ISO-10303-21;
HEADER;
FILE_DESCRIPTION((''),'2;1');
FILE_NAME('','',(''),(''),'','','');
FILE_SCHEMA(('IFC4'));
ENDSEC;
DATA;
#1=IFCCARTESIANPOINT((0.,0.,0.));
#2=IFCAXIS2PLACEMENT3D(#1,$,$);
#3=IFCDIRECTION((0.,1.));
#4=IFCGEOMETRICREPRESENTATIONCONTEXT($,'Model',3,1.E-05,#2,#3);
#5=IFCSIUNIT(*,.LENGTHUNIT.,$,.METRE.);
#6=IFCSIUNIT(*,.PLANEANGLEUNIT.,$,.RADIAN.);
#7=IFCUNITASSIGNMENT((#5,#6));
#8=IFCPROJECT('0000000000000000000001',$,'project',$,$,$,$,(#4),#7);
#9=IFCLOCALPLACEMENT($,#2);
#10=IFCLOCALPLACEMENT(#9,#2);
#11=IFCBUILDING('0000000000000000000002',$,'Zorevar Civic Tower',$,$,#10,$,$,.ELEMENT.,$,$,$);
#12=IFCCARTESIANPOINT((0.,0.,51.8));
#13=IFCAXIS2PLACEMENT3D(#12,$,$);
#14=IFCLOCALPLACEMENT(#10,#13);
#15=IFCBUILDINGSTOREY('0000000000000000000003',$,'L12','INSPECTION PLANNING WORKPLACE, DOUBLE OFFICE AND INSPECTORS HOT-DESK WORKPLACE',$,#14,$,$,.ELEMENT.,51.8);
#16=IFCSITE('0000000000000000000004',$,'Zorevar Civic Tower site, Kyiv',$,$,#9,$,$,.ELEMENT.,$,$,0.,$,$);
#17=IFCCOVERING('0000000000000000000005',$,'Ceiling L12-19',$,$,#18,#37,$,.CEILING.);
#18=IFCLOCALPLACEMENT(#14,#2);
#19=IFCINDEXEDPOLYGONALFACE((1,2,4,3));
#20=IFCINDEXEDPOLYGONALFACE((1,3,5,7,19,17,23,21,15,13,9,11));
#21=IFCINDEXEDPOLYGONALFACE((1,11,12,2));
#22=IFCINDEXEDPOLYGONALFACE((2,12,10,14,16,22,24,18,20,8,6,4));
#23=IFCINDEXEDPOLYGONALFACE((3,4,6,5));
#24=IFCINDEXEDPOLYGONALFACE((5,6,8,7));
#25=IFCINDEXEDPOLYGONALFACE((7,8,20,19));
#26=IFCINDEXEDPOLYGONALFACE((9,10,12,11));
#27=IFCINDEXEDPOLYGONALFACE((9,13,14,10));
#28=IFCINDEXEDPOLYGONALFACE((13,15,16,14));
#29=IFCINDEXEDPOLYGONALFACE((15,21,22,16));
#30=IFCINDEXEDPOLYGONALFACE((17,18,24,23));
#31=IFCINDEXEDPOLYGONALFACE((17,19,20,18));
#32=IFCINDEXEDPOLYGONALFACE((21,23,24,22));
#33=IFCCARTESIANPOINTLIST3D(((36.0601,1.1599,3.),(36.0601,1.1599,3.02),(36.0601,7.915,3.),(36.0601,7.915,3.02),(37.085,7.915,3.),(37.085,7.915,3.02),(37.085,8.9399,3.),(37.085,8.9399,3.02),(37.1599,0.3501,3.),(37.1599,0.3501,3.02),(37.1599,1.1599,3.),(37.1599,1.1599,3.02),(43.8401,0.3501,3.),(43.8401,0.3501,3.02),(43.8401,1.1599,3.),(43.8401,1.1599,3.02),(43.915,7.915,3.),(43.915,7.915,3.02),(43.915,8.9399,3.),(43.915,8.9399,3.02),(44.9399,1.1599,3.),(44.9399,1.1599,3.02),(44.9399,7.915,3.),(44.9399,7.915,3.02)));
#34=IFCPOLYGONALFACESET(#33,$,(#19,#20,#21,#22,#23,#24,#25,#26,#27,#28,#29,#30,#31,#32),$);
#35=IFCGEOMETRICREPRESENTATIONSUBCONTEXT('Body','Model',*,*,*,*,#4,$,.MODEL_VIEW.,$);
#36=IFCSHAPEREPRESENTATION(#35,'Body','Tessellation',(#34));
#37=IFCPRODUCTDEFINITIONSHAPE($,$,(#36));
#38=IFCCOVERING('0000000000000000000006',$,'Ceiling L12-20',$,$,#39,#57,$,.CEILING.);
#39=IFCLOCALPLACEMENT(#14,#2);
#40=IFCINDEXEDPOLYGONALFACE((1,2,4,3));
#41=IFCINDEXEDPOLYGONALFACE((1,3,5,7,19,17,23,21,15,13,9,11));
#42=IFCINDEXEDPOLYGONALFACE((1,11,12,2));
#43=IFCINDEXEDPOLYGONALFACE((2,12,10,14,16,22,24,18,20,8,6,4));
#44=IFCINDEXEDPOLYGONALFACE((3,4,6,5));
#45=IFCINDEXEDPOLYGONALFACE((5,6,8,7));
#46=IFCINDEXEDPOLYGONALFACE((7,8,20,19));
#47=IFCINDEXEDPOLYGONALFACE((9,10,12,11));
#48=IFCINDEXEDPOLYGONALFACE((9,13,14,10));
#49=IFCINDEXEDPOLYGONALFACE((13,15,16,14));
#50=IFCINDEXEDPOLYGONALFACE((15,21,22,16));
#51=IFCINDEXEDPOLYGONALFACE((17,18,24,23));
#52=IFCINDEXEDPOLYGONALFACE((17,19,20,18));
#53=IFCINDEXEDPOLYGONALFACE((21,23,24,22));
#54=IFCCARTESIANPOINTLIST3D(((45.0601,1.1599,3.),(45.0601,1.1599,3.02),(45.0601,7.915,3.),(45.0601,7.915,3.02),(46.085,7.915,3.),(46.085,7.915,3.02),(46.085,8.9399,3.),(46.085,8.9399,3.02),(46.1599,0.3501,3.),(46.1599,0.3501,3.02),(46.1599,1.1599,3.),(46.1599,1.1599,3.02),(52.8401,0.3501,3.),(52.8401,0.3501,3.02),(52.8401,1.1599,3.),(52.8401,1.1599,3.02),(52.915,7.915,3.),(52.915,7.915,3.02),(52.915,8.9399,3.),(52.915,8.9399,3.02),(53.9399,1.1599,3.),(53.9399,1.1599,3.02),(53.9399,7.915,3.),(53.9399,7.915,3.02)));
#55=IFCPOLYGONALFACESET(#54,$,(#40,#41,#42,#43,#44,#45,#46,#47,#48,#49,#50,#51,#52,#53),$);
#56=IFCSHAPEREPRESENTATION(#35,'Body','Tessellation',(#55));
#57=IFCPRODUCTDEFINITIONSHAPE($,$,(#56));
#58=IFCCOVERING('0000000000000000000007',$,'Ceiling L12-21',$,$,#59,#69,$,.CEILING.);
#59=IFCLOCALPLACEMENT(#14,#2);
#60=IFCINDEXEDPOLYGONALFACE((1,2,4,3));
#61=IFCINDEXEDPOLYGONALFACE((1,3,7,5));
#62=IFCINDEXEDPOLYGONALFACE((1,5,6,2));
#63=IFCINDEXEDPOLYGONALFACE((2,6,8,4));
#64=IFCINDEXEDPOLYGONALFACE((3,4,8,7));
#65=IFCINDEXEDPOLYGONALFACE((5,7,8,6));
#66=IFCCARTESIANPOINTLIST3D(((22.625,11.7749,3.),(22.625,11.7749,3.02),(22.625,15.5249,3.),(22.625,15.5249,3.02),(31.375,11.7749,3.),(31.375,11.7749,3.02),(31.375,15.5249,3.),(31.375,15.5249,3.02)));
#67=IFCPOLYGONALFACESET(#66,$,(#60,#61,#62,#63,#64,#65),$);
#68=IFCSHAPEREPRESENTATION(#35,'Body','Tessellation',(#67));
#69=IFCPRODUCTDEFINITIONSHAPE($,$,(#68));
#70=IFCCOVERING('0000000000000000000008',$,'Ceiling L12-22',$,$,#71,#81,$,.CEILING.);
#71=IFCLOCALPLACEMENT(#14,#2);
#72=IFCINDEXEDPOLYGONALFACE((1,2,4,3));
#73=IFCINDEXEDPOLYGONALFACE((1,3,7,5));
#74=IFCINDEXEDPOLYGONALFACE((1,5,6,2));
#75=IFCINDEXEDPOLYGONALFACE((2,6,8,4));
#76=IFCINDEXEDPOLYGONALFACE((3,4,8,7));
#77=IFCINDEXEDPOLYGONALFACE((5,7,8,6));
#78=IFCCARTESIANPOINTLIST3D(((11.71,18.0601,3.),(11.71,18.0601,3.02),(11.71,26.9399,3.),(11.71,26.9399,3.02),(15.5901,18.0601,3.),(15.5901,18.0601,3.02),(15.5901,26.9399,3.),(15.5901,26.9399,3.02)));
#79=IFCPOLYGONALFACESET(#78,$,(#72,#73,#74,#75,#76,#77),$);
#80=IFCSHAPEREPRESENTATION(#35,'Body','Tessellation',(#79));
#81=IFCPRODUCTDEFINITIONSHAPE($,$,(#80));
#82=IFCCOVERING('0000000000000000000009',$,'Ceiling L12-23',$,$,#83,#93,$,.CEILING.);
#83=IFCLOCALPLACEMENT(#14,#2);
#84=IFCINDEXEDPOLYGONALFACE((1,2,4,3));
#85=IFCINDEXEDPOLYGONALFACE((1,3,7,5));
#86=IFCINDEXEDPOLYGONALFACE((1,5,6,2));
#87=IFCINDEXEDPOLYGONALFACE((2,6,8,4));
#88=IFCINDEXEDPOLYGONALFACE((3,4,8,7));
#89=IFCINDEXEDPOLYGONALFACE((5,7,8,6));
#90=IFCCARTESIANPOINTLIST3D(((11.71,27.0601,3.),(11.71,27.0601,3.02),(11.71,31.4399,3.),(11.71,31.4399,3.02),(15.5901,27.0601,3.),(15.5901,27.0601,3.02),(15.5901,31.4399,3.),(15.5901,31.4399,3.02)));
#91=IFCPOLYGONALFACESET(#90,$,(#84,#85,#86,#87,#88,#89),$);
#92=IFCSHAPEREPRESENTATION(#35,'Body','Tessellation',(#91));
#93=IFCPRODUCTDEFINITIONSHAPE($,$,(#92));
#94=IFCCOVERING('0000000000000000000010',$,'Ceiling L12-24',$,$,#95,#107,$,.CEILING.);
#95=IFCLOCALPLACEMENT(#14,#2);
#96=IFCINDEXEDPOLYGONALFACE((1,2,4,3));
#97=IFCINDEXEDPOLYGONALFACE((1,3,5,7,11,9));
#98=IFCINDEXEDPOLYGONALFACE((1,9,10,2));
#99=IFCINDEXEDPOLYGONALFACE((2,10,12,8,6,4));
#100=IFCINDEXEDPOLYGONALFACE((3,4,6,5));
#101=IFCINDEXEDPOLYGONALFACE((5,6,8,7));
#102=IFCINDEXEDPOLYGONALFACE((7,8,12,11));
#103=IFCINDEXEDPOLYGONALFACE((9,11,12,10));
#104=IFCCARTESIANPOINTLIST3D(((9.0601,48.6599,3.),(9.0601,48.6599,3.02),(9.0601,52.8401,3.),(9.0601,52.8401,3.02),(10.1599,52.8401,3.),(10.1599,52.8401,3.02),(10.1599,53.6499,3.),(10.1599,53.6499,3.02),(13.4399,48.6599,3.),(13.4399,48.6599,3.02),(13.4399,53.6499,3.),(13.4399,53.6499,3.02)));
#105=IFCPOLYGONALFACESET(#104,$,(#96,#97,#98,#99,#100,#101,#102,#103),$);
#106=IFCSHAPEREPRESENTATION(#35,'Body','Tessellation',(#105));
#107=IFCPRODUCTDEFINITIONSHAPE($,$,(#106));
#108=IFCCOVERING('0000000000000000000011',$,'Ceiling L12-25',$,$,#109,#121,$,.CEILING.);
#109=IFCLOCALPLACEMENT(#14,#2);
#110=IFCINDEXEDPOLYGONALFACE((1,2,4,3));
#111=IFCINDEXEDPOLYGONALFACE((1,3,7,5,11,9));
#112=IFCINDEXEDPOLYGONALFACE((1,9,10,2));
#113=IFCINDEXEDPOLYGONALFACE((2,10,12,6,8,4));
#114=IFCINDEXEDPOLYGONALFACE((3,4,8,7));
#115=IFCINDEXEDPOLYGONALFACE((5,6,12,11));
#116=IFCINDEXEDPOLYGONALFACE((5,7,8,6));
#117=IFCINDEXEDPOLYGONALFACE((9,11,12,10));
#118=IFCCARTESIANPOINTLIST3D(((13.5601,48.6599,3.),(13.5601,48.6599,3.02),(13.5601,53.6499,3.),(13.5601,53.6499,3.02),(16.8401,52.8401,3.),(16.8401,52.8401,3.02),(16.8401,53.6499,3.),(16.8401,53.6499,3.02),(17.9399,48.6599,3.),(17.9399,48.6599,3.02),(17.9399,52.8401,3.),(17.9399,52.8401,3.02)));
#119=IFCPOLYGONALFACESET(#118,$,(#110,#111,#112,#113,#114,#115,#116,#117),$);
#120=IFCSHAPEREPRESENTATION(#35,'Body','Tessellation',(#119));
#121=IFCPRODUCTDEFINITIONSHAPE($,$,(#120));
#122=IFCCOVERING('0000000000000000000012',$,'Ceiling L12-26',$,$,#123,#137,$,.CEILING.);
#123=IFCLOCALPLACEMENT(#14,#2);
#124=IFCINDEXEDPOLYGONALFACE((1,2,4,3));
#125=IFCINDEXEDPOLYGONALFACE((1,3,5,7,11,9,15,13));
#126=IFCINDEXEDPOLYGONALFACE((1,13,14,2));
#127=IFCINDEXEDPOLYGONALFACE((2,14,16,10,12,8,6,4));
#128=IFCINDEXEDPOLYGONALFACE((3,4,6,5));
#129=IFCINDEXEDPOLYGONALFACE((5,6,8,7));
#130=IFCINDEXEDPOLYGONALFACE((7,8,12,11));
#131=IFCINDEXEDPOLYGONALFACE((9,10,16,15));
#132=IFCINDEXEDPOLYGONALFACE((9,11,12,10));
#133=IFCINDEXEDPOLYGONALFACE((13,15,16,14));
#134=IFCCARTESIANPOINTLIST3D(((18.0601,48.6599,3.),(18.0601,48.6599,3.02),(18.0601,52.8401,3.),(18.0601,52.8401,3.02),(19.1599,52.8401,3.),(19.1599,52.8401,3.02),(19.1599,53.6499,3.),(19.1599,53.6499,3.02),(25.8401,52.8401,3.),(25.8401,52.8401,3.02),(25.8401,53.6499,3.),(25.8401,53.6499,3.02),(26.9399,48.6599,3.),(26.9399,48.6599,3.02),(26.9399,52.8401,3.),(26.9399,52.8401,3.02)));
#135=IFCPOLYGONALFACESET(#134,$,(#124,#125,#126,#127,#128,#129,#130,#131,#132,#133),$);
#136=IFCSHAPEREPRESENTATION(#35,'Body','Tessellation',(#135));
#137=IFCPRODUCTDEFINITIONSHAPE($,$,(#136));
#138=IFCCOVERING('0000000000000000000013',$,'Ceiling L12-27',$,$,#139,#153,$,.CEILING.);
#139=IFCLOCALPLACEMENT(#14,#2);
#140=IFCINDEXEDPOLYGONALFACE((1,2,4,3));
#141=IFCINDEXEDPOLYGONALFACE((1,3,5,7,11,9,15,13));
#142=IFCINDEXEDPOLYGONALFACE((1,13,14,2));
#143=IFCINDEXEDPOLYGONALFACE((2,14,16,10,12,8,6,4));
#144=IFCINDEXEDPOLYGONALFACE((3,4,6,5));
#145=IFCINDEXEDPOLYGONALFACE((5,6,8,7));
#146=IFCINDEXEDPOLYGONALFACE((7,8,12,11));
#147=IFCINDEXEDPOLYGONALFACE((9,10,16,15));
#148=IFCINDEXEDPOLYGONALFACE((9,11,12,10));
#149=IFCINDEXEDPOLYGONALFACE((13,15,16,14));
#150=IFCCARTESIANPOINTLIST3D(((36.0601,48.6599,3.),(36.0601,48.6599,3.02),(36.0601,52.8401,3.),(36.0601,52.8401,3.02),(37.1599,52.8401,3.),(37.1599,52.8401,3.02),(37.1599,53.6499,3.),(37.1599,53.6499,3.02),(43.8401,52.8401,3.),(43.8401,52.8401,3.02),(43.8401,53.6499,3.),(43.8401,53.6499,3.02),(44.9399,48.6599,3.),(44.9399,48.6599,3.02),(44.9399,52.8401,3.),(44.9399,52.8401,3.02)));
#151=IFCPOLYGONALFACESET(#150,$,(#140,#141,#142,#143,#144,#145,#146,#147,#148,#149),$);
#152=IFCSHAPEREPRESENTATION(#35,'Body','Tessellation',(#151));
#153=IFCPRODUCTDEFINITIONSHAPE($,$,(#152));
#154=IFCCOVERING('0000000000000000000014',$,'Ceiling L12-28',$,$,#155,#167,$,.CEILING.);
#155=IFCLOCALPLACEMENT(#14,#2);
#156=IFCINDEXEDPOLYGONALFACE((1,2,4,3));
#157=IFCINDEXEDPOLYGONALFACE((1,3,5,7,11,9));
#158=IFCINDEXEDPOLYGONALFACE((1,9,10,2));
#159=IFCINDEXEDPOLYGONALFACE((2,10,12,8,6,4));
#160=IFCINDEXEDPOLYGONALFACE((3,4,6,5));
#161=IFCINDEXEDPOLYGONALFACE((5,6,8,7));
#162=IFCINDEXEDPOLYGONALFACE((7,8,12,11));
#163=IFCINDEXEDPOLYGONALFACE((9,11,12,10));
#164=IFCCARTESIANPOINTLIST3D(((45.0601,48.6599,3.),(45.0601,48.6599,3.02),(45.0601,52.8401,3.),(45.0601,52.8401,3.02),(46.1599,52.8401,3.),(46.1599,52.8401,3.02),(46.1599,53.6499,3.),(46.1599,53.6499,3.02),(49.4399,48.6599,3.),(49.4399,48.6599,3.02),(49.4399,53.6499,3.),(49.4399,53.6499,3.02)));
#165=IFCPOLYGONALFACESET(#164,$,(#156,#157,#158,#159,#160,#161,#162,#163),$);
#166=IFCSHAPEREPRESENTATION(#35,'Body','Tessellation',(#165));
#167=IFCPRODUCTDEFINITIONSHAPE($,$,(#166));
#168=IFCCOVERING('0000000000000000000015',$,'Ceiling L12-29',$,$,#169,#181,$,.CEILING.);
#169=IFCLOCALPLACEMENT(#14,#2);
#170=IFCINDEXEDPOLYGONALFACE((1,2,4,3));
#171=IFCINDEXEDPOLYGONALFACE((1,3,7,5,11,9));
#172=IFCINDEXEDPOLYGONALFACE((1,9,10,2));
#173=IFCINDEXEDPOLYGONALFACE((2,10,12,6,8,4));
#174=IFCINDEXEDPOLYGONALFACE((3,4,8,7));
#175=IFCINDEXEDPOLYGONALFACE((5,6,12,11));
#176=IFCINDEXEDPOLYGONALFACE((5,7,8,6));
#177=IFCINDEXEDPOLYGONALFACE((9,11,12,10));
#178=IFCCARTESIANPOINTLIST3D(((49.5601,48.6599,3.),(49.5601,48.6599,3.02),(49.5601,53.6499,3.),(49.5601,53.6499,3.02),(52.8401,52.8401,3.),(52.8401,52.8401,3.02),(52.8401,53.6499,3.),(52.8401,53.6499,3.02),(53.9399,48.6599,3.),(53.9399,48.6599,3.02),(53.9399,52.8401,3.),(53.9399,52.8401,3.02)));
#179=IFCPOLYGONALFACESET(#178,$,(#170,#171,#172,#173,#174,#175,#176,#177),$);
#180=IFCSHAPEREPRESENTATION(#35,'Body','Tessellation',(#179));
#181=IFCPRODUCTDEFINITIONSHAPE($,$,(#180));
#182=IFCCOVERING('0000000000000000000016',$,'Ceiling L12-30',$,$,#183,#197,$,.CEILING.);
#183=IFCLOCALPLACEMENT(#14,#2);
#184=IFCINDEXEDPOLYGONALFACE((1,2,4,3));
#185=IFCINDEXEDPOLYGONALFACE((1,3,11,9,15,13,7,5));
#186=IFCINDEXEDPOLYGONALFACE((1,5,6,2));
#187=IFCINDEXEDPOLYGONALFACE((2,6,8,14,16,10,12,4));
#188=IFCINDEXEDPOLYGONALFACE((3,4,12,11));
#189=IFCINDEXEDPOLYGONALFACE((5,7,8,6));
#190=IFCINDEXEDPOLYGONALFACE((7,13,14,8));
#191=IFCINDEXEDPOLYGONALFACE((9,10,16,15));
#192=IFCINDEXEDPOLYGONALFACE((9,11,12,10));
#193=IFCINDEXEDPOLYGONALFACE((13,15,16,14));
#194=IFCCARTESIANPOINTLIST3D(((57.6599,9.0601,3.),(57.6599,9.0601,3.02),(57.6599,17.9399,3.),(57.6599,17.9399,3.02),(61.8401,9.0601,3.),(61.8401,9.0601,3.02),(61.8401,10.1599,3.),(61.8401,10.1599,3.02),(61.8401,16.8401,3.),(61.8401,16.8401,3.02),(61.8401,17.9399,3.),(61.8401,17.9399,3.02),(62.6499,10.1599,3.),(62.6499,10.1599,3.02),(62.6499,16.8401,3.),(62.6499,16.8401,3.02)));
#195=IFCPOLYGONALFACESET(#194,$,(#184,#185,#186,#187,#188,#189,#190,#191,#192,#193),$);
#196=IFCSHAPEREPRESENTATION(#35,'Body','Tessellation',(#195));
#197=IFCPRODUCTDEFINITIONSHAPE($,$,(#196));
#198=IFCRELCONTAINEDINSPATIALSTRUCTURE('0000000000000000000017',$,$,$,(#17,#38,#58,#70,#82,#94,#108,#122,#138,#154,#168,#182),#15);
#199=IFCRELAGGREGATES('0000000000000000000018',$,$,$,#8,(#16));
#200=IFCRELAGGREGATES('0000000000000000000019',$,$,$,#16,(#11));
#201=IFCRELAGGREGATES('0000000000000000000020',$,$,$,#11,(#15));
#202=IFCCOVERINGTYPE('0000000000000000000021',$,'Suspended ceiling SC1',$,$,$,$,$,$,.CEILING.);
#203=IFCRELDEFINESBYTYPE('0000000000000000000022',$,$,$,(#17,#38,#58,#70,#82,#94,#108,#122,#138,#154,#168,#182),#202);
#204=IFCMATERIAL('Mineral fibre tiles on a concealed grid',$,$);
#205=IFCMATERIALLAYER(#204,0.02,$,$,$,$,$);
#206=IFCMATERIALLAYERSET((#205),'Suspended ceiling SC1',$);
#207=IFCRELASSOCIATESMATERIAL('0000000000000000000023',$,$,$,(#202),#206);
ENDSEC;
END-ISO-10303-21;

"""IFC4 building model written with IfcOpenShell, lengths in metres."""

from ifc_helpers import new_model, si_unit, direction, frame, origin, place, context, subcontext, project, spatial, polyline, outline, extrude, material, layer, layer_set, type_object, element, save


model = new_model("IFC4")

# Units and contexts
model_context = context("Model", 3, precision=1e-05, world=origin(), true_north=direction((0.0, 1.0)))
body_context = subcontext(model_context, "Body", "Model", "MODEL_VIEW")
ifc_project = project(units=[si_unit("LENGTHUNIT", "METRE"), si_unit("PLANEANGLEUNIT", "RADIAN")], contexts=[model_context])

# Site, building, storey
site_placement = place(None, origin())
site = spatial("IfcSite", under=ifc_project, at=site_placement, Name="Zorevar Civic Tower site, Kyiv", CompositionType="ELEMENT", RefElevation=0.0)
building_placement = place(site_placement, origin())
building = spatial("IfcBuilding", under=site, at=building_placement, Name="Zorevar Civic Tower", CompositionType="ELEMENT")
storey_placement = place(building_placement, frame((0.0, 0.0, 51.8)))
storey = spatial("IfcBuildingStorey", under=building, at=storey_placement, Name="L12", Description="INSPECTION PLANNING WORKPLACE, DOUBLE OFFICE AND INSPECTORS HOT-DESK WORKPLACE", CompositionType="ELEMENT", Elevation=51.8)

# Coverings
ifc_material_1 = material(Name="Mineral fibre tiles on a concealed grid")
ifc_layer_1 = layer(ifc_material_1, 0.02)
ifc_layer_set_1 = layer_set([ifc_layer_1], Name="Suspended ceiling SC1")
covering_type_1 = type_object("IfcCoveringType", Name="Suspended ceiling SC1", PredefinedType="CEILING", material=ifc_layer_set_1)
covering_1_placement = place(storey_placement, frame((0.0, 0.0, 3.0)))
element("IfcCovering", 1, at=covering_1_placement, inside=storey, type_object=covering_type_1, Name="Ceiling L12-19", PredefinedType="CEILING", context=body_context, shape_type="SweptSolid", body=[
    extrude(outline(polyline([(36.0601, 1.1599), (36.0601, 7.915), (37.085, 7.915), (37.085, 8.9399), (43.915, 8.9399), (43.915, 7.915), (44.9399, 7.915), (44.9399, 1.1599), (43.8401, 1.1599), (43.8401, 0.3501), (37.1599, 0.3501), (37.1599, 1.1599), (36.0601, 1.1599)])), origin(), (0.0, 0.0, 1.0), 0.02),
])
covering_2_placement = place(storey_placement, frame((0.0, 0.0, 3.0)))
element("IfcCovering", 2, at=covering_2_placement, inside=storey, type_object=covering_type_1, Name="Ceiling L12-20", PredefinedType="CEILING", context=body_context, shape_type="SweptSolid", body=[
    extrude(outline(polyline([(45.0601, 1.1599), (45.0601, 7.915), (46.085, 7.915), (46.085, 8.9399), (52.915, 8.9399), (52.915, 7.915), (53.9399, 7.915), (53.9399, 1.1599), (52.8401, 1.1599), (52.8401, 0.3501), (46.1599, 0.3501), (46.1599, 1.1599), (45.0601, 1.1599)])), origin(), (0.0, 0.0, 1.0), 0.02),
])
covering_3_placement = place(storey_placement, frame((0.0, 0.0, 3.0)))
element("IfcCovering", 3, at=covering_3_placement, inside=storey, type_object=covering_type_1, Name="Ceiling L12-21", PredefinedType="CEILING", context=body_context, shape_type="SweptSolid", body=[
    extrude(outline(polyline([(22.625, 15.5249), (31.375, 15.5249), (31.375, 11.7749), (22.625, 11.7749), (22.625, 15.5249)])), origin(), (0.0, 0.0, 1.0), 0.02),
])
covering_4_placement = place(storey_placement, frame((0.0, 0.0, 3.0)))
element("IfcCovering", 4, at=covering_4_placement, inside=storey, type_object=covering_type_1, Name="Ceiling L12-22", PredefinedType="CEILING", context=body_context, shape_type="SweptSolid", body=[
    extrude(outline(polyline([(15.5901, 18.0601), (11.71, 18.0601), (11.71, 26.9399), (15.5901, 26.9399), (15.5901, 18.0601)])), origin(), (0.0, 0.0, 1.0), 0.02),
])
covering_5_placement = place(storey_placement, frame((0.0, 0.0, 3.0)))
element("IfcCovering", 5, at=covering_5_placement, inside=storey, type_object=covering_type_1, Name="Ceiling L12-23", PredefinedType="CEILING", context=body_context, shape_type="SweptSolid", body=[
    extrude(outline(polyline([(15.5901, 31.4399), (15.5901, 27.0601), (11.71, 27.0601), (11.71, 31.4399), (15.5901, 31.4399)])), origin(), (0.0, 0.0, 1.0), 0.02),
])
covering_6_placement = place(storey_placement, frame((0.0, 0.0, 3.0)))
element("IfcCovering", 6, at=covering_6_placement, inside=storey, type_object=covering_type_1, Name="Ceiling L12-24", PredefinedType="CEILING", context=body_context, shape_type="SweptSolid", body=[
    extrude(outline(polyline([(9.0601, 48.6599), (9.0601, 52.8401), (10.1599, 52.8401), (10.1599, 53.6499), (13.4399, 53.6499), (13.4399, 48.6599), (9.0601, 48.6599)])), origin(), (0.0, 0.0, 1.0), 0.02),
])
covering_7_placement = place(storey_placement, frame((0.0, 0.0, 3.0)))
element("IfcCovering", 7, at=covering_7_placement, inside=storey, type_object=covering_type_1, Name="Ceiling L12-25", PredefinedType="CEILING", context=body_context, shape_type="SweptSolid", body=[
    extrude(outline(polyline([(13.5601, 48.6599), (13.5601, 53.6499), (16.8401, 53.6499), (16.8401, 52.8401), (17.9399, 52.8401), (17.9399, 48.6599), (13.5601, 48.6599)])), origin(), (0.0, 0.0, 1.0), 0.02),
])
covering_8_placement = place(storey_placement, frame((0.0, 0.0, 3.0)))
element("IfcCovering", 8, at=covering_8_placement, inside=storey, type_object=covering_type_1, Name="Ceiling L12-26", PredefinedType="CEILING", context=body_context, shape_type="SweptSolid", body=[
    extrude(outline(polyline([(19.1599, 52.8401), (19.1599, 53.6499), (25.8401, 53.6499), (25.8401, 52.8401), (26.9399, 52.8401), (26.9399, 48.6599), (18.0601, 48.6599), (18.0601, 52.8401), (19.1599, 52.8401)])), origin(), (0.0, 0.0, 1.0), 0.02),
])
covering_9_placement = place(storey_placement, frame((0.0, 0.0, 3.0)))
element("IfcCovering", 9, at=covering_9_placement, inside=storey, type_object=covering_type_1, Name="Ceiling L12-27", PredefinedType="CEILING", context=body_context, shape_type="SweptSolid", body=[
    extrude(outline(polyline([(37.1599, 52.8401), (37.1599, 53.6499), (43.8401, 53.6499), (43.8401, 52.8401), (44.9399, 52.8401), (44.9399, 48.6599), (36.0601, 48.6599), (36.0601, 52.8401), (37.1599, 52.8401)])), origin(), (0.0, 0.0, 1.0), 0.02),
])
covering_10_placement = place(storey_placement, frame((0.0, 0.0, 3.0)))
element("IfcCovering", 10, at=covering_10_placement, inside=storey, type_object=covering_type_1, Name="Ceiling L12-28", PredefinedType="CEILING", context=body_context, shape_type="SweptSolid", body=[
    extrude(outline(polyline([(45.0601, 48.6599), (45.0601, 52.8401), (46.1599, 52.8401), (46.1599, 53.6499), (49.4399, 53.6499), (49.4399, 48.6599), (45.0601, 48.6599)])), origin(), (0.0, 0.0, 1.0), 0.02),
])
covering_11_placement = place(storey_placement, frame((0.0, 0.0, 3.0)))
element("IfcCovering", 11, at=covering_11_placement, inside=storey, type_object=covering_type_1, Name="Ceiling L12-29", PredefinedType="CEILING", context=body_context, shape_type="SweptSolid", body=[
    extrude(outline(polyline([(49.5601, 48.6599), (49.5601, 53.6499), (52.8401, 53.6499), (52.8401, 52.8401), (53.9399, 52.8401), (53.9399, 48.6599), (49.5601, 48.6599)])), origin(), (0.0, 0.0, 1.0), 0.02),
])
covering_12_placement = place(storey_placement, frame((0.0, 0.0, 3.0)))
element("IfcCovering", 12, at=covering_12_placement, inside=storey, type_object=covering_type_1, Name="Ceiling L12-30", PredefinedType="CEILING", context=body_context, shape_type="SweptSolid", body=[
    extrude(outline(polyline([(62.6499, 10.1599), (61.8401, 10.1599), (61.8401, 9.0601), (57.6599, 9.0601), (57.6599, 17.9399), (61.8401, 17.9399), (61.8401, 16.8401), (62.6499, 16.8401), (62.6499, 10.1599)])), origin(), (0.0, 0.0, 1.0), 0.02),
])

save(model, "model.ifc")
